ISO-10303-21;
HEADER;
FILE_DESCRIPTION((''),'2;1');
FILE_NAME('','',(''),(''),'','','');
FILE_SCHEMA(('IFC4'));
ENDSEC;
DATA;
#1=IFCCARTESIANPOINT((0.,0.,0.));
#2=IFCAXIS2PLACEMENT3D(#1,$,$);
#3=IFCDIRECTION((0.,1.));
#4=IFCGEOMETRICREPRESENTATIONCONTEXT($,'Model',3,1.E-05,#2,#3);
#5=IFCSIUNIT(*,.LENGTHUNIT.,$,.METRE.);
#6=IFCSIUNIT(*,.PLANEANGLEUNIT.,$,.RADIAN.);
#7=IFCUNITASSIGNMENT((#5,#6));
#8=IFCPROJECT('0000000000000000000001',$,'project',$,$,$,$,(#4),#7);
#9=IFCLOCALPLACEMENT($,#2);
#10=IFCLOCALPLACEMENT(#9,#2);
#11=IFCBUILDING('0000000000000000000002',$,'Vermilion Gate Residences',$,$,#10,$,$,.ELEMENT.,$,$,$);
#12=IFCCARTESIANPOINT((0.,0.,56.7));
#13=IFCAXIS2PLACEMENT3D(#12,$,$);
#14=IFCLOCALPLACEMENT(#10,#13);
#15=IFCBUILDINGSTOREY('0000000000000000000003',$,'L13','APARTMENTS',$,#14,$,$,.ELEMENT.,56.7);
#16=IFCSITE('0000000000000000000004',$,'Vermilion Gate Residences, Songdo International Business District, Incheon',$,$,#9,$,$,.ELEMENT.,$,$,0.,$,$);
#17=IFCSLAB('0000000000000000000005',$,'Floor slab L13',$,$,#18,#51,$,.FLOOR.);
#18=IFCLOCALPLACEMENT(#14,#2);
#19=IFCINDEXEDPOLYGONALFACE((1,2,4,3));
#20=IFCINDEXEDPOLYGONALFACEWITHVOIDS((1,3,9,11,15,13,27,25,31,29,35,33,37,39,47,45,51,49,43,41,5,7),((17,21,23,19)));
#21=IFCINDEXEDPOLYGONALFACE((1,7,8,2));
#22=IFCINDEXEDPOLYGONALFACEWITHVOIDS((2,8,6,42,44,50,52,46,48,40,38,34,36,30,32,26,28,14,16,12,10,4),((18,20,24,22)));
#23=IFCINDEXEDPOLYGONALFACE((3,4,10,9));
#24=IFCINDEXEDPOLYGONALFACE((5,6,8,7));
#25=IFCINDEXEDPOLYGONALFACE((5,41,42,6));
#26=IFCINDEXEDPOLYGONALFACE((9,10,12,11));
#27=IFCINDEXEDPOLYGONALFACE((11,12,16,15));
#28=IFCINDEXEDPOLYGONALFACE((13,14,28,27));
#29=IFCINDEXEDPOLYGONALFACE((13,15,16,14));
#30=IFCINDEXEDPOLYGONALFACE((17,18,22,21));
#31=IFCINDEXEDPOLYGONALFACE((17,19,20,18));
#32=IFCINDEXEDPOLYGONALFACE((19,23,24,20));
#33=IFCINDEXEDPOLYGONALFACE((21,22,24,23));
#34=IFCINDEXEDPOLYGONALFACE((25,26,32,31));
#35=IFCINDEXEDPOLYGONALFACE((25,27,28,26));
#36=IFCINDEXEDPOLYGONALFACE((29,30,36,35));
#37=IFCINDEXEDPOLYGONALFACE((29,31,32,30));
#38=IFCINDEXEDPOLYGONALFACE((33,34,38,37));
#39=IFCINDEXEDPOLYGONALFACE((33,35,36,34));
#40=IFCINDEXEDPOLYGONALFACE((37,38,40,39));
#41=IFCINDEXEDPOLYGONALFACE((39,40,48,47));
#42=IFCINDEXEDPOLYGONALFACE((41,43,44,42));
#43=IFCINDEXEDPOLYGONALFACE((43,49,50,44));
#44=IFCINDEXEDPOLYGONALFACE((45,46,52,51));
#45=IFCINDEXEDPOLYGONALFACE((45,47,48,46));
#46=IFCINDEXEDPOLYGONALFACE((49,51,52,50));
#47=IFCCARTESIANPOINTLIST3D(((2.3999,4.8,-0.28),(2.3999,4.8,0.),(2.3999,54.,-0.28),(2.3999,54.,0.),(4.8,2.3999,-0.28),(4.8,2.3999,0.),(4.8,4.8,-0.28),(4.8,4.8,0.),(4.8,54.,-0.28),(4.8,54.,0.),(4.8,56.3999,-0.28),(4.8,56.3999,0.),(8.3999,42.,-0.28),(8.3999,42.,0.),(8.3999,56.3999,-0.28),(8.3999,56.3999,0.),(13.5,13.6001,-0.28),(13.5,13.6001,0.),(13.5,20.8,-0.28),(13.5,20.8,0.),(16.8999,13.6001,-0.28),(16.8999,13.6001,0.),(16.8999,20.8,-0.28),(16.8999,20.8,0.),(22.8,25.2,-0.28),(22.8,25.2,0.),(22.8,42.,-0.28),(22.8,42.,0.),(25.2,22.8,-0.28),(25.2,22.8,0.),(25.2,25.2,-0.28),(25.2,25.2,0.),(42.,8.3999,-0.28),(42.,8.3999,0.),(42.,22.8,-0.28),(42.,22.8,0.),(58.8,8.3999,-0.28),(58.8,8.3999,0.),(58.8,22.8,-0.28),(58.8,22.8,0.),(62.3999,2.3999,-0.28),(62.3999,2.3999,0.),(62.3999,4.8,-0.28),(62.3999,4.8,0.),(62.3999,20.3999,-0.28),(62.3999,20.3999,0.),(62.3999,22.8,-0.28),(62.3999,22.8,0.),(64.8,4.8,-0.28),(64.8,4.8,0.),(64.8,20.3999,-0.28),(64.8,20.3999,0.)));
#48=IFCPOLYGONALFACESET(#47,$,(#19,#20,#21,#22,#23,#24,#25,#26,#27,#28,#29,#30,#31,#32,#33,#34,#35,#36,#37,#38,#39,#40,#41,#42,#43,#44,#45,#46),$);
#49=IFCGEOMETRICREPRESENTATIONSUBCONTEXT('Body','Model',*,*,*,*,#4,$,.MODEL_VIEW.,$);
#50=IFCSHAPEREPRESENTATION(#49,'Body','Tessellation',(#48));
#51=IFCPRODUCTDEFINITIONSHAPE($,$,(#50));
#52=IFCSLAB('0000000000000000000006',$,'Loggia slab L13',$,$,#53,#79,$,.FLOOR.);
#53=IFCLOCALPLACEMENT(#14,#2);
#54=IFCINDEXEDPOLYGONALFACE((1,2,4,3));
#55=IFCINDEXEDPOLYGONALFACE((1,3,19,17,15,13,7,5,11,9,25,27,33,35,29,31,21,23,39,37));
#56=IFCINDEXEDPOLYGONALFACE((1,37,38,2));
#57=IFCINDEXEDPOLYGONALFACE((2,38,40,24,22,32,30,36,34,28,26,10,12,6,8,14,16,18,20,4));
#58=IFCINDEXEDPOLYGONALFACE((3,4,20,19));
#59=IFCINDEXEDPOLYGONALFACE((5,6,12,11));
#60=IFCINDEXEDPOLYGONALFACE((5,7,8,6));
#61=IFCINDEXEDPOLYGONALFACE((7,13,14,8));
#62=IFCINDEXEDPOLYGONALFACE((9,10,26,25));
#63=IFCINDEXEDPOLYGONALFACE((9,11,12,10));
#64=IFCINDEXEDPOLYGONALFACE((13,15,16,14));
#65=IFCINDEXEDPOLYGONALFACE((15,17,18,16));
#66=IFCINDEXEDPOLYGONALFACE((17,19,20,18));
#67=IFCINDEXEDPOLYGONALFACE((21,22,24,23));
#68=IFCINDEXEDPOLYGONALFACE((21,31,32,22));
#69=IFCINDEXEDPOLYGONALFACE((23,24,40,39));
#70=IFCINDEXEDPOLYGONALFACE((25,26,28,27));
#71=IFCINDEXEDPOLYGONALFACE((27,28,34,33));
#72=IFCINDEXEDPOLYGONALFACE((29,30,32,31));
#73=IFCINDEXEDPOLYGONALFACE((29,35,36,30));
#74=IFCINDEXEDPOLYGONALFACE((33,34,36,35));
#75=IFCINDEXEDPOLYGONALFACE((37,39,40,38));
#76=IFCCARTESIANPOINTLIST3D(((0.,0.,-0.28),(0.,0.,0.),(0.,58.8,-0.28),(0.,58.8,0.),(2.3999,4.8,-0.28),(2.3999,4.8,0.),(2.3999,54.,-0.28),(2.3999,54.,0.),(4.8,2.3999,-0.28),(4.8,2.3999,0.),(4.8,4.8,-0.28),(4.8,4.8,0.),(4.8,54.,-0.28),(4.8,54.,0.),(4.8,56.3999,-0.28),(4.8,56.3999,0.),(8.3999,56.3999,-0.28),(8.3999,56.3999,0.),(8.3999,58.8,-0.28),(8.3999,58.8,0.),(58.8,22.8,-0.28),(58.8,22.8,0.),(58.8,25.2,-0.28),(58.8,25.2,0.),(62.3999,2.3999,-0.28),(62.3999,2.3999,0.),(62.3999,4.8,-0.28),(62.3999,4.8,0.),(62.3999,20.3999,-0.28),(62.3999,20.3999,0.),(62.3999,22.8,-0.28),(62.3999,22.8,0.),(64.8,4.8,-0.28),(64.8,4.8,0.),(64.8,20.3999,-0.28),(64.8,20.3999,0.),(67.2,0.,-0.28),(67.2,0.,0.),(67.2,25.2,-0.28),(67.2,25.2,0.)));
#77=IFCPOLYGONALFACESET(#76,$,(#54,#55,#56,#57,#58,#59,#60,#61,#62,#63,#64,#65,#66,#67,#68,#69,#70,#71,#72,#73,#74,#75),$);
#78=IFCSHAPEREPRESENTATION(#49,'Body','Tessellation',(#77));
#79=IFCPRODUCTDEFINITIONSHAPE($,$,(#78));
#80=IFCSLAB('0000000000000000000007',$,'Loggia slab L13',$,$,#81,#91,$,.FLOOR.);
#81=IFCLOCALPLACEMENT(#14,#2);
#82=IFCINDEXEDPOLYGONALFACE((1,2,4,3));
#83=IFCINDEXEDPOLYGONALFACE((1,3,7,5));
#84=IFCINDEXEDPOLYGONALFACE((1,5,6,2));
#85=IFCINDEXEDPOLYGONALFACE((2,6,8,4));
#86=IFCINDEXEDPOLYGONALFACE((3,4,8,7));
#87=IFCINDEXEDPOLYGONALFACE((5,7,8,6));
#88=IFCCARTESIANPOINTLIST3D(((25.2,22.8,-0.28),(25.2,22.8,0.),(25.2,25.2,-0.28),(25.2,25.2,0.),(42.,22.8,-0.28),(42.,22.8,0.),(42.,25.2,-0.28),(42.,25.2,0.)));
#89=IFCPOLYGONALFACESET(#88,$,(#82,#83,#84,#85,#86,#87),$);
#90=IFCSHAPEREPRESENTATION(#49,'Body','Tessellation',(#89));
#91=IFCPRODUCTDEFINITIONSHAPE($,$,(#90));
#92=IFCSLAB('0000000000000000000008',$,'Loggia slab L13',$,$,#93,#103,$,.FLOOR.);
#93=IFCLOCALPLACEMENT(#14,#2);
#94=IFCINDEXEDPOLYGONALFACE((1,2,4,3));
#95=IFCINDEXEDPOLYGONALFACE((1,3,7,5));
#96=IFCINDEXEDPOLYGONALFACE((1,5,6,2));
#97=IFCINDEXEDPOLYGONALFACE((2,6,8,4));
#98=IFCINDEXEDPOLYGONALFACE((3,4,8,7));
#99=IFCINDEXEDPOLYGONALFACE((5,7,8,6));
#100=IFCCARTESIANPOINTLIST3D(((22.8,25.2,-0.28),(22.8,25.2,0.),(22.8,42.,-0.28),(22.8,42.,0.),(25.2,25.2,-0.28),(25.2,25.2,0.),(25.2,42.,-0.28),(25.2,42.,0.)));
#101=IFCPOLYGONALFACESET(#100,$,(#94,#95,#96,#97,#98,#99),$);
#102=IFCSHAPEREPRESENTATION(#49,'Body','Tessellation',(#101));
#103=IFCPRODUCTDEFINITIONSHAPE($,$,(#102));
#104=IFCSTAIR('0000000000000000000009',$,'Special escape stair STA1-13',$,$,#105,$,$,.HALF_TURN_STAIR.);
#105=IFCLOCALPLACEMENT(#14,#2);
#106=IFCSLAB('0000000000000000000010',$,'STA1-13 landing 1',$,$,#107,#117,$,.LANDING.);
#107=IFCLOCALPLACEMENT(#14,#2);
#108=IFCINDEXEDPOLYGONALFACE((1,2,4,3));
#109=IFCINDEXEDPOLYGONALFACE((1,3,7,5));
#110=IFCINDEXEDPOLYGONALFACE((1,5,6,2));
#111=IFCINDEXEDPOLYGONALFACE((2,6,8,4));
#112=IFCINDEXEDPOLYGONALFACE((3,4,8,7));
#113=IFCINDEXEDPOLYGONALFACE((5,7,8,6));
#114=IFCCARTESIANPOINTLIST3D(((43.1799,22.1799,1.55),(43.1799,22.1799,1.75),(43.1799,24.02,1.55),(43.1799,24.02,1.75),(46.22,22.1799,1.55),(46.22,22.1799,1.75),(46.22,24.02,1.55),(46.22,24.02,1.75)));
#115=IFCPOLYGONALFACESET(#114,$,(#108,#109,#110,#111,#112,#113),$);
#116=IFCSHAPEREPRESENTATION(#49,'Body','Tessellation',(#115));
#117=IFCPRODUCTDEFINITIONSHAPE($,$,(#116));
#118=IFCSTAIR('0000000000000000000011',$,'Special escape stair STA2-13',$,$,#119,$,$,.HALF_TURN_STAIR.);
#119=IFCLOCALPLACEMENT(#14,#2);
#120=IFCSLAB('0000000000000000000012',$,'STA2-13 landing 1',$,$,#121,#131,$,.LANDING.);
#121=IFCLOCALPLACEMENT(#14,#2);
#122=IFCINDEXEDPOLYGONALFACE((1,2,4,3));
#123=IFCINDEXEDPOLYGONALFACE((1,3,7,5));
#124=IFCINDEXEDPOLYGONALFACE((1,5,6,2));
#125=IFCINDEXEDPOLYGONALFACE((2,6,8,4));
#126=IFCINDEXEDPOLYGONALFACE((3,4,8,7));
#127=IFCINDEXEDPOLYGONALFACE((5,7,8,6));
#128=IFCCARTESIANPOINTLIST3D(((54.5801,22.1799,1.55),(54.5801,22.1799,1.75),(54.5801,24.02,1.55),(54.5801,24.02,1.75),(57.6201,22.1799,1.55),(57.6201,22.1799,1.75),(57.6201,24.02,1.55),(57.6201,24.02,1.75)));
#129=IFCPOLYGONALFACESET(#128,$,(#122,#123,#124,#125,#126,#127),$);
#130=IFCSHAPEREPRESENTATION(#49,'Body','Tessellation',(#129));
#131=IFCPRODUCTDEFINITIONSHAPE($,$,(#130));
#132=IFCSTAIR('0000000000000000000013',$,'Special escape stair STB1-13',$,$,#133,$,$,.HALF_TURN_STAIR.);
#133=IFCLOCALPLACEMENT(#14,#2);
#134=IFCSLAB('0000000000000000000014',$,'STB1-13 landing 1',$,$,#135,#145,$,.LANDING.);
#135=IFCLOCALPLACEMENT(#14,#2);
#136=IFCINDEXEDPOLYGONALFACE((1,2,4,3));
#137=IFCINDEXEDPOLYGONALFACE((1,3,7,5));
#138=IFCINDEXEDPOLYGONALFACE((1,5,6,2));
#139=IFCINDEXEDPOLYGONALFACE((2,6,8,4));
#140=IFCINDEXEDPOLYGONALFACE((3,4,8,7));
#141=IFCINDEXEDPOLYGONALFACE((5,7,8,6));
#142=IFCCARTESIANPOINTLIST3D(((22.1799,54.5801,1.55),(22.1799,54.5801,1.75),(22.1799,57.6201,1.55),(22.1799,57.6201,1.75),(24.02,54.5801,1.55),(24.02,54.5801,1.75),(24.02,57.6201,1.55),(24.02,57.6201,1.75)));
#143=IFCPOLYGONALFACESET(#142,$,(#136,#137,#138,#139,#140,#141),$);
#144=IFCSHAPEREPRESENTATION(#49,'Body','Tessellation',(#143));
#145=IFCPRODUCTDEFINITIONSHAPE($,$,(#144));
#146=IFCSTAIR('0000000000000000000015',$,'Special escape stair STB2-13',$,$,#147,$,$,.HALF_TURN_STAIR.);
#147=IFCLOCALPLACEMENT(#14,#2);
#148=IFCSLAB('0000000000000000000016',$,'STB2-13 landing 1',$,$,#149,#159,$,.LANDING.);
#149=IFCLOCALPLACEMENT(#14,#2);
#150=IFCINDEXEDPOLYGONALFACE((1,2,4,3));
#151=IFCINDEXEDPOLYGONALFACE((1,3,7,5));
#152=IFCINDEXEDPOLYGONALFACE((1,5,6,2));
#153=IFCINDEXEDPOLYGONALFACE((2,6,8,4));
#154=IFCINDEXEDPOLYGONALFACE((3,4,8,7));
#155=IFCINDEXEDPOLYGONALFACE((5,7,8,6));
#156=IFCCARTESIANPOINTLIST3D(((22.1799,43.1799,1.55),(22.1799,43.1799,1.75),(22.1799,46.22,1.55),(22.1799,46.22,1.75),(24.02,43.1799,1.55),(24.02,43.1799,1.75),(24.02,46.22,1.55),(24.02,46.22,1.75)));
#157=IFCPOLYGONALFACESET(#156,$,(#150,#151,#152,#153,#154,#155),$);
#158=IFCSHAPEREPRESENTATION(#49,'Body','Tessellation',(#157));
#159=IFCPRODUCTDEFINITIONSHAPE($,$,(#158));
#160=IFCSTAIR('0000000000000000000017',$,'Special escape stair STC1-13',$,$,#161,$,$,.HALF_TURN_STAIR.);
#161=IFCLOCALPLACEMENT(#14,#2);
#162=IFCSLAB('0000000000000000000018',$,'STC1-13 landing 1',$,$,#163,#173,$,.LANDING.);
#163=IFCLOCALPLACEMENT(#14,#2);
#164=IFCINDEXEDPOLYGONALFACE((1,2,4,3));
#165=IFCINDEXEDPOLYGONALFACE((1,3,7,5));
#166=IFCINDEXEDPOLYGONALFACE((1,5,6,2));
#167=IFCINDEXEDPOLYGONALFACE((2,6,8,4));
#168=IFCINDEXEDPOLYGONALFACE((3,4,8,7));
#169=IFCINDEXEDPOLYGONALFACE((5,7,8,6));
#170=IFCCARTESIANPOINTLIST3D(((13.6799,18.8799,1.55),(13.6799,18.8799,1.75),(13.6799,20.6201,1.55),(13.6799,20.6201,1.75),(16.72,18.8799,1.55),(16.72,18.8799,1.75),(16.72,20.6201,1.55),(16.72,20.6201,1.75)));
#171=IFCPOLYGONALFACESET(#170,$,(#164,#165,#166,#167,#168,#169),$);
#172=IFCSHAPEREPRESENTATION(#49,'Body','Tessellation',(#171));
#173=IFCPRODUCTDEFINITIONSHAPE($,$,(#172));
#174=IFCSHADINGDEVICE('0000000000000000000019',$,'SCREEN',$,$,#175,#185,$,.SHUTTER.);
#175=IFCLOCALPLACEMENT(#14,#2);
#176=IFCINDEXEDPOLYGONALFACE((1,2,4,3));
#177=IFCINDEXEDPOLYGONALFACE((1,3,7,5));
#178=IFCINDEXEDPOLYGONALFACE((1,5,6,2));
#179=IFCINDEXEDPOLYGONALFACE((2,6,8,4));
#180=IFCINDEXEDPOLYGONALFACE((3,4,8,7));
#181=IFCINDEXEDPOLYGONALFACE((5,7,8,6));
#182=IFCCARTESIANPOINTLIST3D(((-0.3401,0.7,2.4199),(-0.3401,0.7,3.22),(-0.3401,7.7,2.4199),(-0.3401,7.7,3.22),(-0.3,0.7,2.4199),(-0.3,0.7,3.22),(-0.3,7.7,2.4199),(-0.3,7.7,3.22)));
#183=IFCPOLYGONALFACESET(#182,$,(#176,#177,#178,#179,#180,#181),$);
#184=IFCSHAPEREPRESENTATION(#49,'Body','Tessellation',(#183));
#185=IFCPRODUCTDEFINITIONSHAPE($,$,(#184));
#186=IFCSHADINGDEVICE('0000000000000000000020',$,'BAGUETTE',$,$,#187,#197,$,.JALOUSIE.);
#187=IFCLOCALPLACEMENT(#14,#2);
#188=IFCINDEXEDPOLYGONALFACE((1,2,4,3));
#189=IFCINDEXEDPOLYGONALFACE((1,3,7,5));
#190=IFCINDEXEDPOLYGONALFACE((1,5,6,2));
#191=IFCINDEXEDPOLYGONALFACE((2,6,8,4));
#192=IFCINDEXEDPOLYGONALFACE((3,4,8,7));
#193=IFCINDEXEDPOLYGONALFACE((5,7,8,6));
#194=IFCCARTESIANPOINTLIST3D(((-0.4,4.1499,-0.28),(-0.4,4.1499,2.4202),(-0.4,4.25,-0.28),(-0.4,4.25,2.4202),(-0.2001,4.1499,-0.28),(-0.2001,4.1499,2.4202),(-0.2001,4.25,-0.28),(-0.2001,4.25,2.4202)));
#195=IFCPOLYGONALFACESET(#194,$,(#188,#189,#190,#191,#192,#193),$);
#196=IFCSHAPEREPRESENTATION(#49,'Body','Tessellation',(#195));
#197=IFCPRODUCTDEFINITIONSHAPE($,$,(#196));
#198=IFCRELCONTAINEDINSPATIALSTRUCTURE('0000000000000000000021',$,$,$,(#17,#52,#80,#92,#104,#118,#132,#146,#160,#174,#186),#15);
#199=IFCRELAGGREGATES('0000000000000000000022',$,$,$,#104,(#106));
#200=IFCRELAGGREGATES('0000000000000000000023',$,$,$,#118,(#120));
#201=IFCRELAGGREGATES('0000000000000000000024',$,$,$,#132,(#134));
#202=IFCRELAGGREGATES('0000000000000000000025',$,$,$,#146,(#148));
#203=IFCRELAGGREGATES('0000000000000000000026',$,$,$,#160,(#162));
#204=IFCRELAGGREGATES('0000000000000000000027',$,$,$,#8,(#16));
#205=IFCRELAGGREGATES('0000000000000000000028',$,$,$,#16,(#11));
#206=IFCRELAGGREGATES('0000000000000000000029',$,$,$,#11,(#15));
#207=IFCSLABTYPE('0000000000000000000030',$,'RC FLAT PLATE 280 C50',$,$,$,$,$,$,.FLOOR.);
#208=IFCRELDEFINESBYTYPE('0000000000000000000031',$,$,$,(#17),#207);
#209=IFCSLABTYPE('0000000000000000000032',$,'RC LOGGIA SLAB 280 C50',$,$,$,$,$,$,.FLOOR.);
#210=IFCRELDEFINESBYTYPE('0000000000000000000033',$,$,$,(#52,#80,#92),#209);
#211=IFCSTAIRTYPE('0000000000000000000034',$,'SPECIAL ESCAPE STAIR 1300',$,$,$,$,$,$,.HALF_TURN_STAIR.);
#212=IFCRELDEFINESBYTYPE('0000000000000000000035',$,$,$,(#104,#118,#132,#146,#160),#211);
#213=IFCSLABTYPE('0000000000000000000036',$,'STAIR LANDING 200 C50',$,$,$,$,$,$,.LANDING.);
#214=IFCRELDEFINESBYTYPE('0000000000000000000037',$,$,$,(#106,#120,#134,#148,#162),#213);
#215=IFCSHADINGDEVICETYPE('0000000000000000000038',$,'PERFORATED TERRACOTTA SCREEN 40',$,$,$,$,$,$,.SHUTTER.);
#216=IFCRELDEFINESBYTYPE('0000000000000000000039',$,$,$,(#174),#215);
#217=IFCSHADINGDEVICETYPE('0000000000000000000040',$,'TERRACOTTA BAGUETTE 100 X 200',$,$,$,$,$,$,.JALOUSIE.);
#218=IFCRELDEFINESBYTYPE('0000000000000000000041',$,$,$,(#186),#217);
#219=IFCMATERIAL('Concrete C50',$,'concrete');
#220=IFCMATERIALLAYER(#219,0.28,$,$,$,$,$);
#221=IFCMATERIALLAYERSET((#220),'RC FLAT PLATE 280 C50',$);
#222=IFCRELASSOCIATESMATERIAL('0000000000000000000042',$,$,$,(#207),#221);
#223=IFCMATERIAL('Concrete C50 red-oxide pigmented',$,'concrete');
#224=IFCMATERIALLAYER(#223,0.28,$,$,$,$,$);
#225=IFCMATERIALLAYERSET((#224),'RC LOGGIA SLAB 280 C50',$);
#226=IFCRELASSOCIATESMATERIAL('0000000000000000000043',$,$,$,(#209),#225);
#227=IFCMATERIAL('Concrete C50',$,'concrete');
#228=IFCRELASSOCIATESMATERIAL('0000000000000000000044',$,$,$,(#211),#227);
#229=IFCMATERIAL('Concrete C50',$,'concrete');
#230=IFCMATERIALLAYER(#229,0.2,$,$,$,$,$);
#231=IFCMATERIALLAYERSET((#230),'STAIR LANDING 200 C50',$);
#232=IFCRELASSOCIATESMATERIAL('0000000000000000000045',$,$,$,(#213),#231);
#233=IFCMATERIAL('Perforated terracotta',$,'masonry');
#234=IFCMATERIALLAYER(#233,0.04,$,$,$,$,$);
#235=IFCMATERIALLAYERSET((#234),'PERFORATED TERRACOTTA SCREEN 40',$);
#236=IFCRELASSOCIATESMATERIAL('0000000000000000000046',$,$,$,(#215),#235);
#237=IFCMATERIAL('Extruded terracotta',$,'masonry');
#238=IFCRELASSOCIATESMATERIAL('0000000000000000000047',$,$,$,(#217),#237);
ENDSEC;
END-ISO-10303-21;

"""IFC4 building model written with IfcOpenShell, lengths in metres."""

from ifc_helpers import new_model, si_unit, direction, frame, origin, origin_2d, place, context, subcontext, project, spatial, polyline, rectangle, outline, extrude, material, layer, layer_set, material_profile, profile_set, type_object, element, aggregate, save


model = new_model("IFC4")

# Units and contexts
model_context = context("Model", 3, precision=1e-05, world=origin(), true_north=direction((0.0, 1.0)))
body_context = subcontext(model_context, "Body", "Model", "MODEL_VIEW")
ifc_project = project(units=[si_unit("LENGTHUNIT", "METRE"), si_unit("PLANEANGLEUNIT", "RADIAN")], contexts=[model_context])

# Site, building, storey
site_placement = place(None, origin())
site = spatial("IfcSite", under=ifc_project, at=site_placement, Name="Vermilion Gate Residences, Songdo International Business District, Incheon", CompositionType="ELEMENT", RefElevation=0.0)
building_placement = place(site_placement, origin())
building = spatial("IfcBuilding", under=site, at=building_placement, Name="Vermilion Gate Residences", CompositionType="ELEMENT")
storey_placement = place(building_placement, frame((0.0, 0.0, 56.7)))
storey = spatial("IfcBuildingStorey", under=building, at=storey_placement, Name="L13", Description="APARTMENTS", CompositionType="ELEMENT", Elevation=56.7)

# Slabs
ifc_material_1 = material(Name="Concrete C50", Category="concrete")
ifc_layer_1 = layer(ifc_material_1, 0.28)
ifc_layer_set_1 = layer_set([ifc_layer_1], Name="RC FLAT PLATE 280 C50")
slab_type_1 = type_object("IfcSlabType", Name="RC FLAT PLATE 280 C50", PredefinedType="FLOOR", material=ifc_layer_set_1)
slab_1_placement = place(storey_placement, frame((0.0, 0.0, -0.28)))
element("IfcSlab", 1, at=slab_1_placement, inside=storey, type_object=slab_type_1, Name="Floor slab L13", PredefinedType="FLOOR", context=body_context, shape_type="SweptSolid", body=[
    extrude(outline(polyline([(22.8, 25.2), (22.8, 42.0), (8.3999, 42.0), (8.3999, 56.3999), (4.8, 56.3999), (4.8, 54.0), (2.3999, 54.0), (2.3999, 4.8), (4.8, 4.8), (4.8, 2.3999), (62.3999, 2.3999), (62.3999, 4.8), (64.8, 4.8), (64.8, 20.3999), (62.3999, 20.3999), (62.3999, 22.8), (58.8, 22.8), (58.8, 8.3999), (42.0, 8.3999), (42.0, 22.8), (25.2, 22.8), (25.2, 25.2), (22.8, 25.2)]), holes=[polyline([(13.5, 13.6001), (13.5, 20.8), (16.8999, 20.8), (16.8999, 13.6001), (13.5, 13.6001)])]), origin(), (0.0, 0.0, 1.0), 0.28),
])
ifc_material_2 = material(Name="Concrete C50 red-oxide pigmented", Category="concrete")
ifc_layer_2 = layer(ifc_material_2, 0.28)
ifc_layer_set_2 = layer_set([ifc_layer_2], Name="RC LOGGIA SLAB 280 C50")
slab_type_2 = type_object("IfcSlabType", Name="RC LOGGIA SLAB 280 C50", PredefinedType="FLOOR", material=ifc_layer_set_2)
slab_2_placement = place(storey_placement, frame((0.0, 0.0, -0.28)))
element("IfcSlab", 2, at=slab_2_placement, inside=storey, type_object=slab_type_2, Name="Loggia slab L13", PredefinedType="FLOOR", context=body_context, shape_type="SweptSolid", body=[
    extrude(outline(polyline([(0.0, 58.8), (0.0, 0.0), (67.2, 0.0), (67.2, 25.2), (58.8, 25.2), (58.8, 22.8), (62.3999, 22.8), (62.3999, 20.3999), (64.8, 20.3999), (64.8, 4.8), (62.3999, 4.8), (62.3999, 2.3999), (4.8, 2.3999), (4.8, 4.8), (2.3999, 4.8), (2.3999, 54.0), (4.8, 54.0), (4.8, 56.3999), (8.3999, 56.3999), (8.3999, 58.8), (0.0, 58.8)])), origin(), (0.0, 0.0, 1.0), 0.28),
])
slab_3_placement = place(storey_placement, frame((0.0, 0.0, -0.28)))
element("IfcSlab", 3, at=slab_3_placement, inside=storey, type_object=slab_type_2, Name="Loggia slab L13", PredefinedType="FLOOR", context=body_context, shape_type="SweptSolid", body=[
    extrude(outline(polyline([(25.2, 22.8), (42.0, 22.8), (42.0, 25.2), (25.2, 25.2), (25.2, 22.8)])), origin(), (0.0, 0.0, 1.0), 0.28),
])
slab_4_placement = place(storey_placement, frame((0.0, 0.0, -0.28)))
element("IfcSlab", 4, at=slab_4_placement, inside=storey, type_object=slab_type_2, Name="Loggia slab L13", PredefinedType="FLOOR", context=body_context, shape_type="SweptSolid", body=[
    extrude(outline(polyline([(22.8, 42.0), (22.8, 25.2), (25.2, 25.2), (25.2, 42.0), (22.8, 42.0)])), origin(), (0.0, 0.0, 1.0), 0.28),
])

# Stairs, slabs
ifc_material_3 = material(Name="Concrete C50", Category="concrete")
stair_type = type_object("IfcStairType", Name="SPECIAL ESCAPE STAIR 1300", PredefinedType="HALF_TURN_STAIR", material=ifc_material_3)
stair_1_placement = place(storey_placement, origin())
stair_1 = element("IfcStair", 5, at=stair_1_placement, inside=storey, type_object=stair_type, Name="Special escape stair STA1-13", PredefinedType="HALF_TURN_STAIR")
ifc_material_4 = material(Name="Concrete C50", Category="concrete")
ifc_layer_3 = layer(ifc_material_4, 0.2)
ifc_layer_set_3 = layer_set([ifc_layer_3], Name="STAIR LANDING 200 C50")
slab_type_3 = type_object("IfcSlabType", Name="STAIR LANDING 200 C50", PredefinedType="LANDING", material=ifc_layer_set_3)
slab_5_placement = place(storey_placement, frame((0.0, 0.0, 1.55)))
slab_5 = element("IfcSlab", 6, at=slab_5_placement, type_object=slab_type_3, Name="STA1-13 landing 1", PredefinedType="LANDING", context=body_context, shape_type="SweptSolid", body=[
    extrude(outline(polyline([(46.22, 22.1799), (46.22, 24.02), (43.1799, 24.02), (43.1799, 22.1799), (46.22, 22.1799)])), origin(), (0.0, 0.0, 1.0), 0.2),
])
aggregate(stair_1, [slab_5])
stair_2_placement = place(storey_placement, origin())
stair_2 = element("IfcStair", 7, at=stair_2_placement, inside=storey, type_object=stair_type, Name="Special escape stair STA2-13", PredefinedType="HALF_TURN_STAIR")
slab_6_placement = place(storey_placement, frame((0.0, 0.0, 1.55)))
slab_6 = element("IfcSlab", 8, at=slab_6_placement, type_object=slab_type_3, Name="STA2-13 landing 1", PredefinedType="LANDING", context=body_context, shape_type="SweptSolid", body=[
    extrude(outline(polyline([(57.6201, 22.1799), (57.6201, 24.02), (54.5801, 24.02), (54.5801, 22.1799), (57.6201, 22.1799)])), origin(), (0.0, 0.0, 1.0), 0.2),
])
aggregate(stair_2, [slab_6])
stair_3_placement = place(storey_placement, origin())
stair_3 = element("IfcStair", 9, at=stair_3_placement, inside=storey, type_object=stair_type, Name="Special escape stair STB1-13", PredefinedType="HALF_TURN_STAIR")
slab_7_placement = place(storey_placement, frame((0.0, 0.0, 1.55)))
slab_7 = element("IfcSlab", 10, at=slab_7_placement, type_object=slab_type_3, Name="STB1-13 landing 1", PredefinedType="LANDING", context=body_context, shape_type="SweptSolid", body=[
    extrude(outline(polyline([(24.02, 54.5801), (24.02, 57.6201), (22.1799, 57.6201), (22.1799, 54.5801), (24.02, 54.5801)])), origin(), (0.0, 0.0, 1.0), 0.2),
])
aggregate(stair_3, [slab_7])
stair_4_placement = place(storey_placement, origin())
stair_4 = element("IfcStair", 11, at=stair_4_placement, inside=storey, type_object=stair_type, Name="Special escape stair STB2-13", PredefinedType="HALF_TURN_STAIR")
slab_8_placement = place(storey_placement, frame((0.0, 0.0, 1.55)))
slab_8 = element("IfcSlab", 12, at=slab_8_placement, type_object=slab_type_3, Name="STB2-13 landing 1", PredefinedType="LANDING", context=body_context, shape_type="SweptSolid", body=[
    extrude(outline(polyline([(24.02, 43.1799), (24.02, 46.22), (22.1799, 46.22), (22.1799, 43.1799), (24.02, 43.1799)])), origin(), (0.0, 0.0, 1.0), 0.2),
])
aggregate(stair_4, [slab_8])
stair_5_placement = place(storey_placement, origin())
stair_5 = element("IfcStair", 13, at=stair_5_placement, inside=storey, type_object=stair_type, Name="Special escape stair STC1-13", PredefinedType="HALF_TURN_STAIR")
slab_9_placement = place(storey_placement, frame((0.0, 0.0, 1.55)))
slab_9 = element("IfcSlab", 14, at=slab_9_placement, type_object=slab_type_3, Name="STC1-13 landing 1", PredefinedType="LANDING", context=body_context, shape_type="SweptSolid", body=[
    extrude(outline(polyline([(16.72, 18.8799), (16.72, 20.6201), (13.6799, 20.6201), (13.6799, 18.8799), (16.72, 18.8799)])), origin(), (0.0, 0.0, 1.0), 0.2),
])
aggregate(stair_5, [slab_9])

# Shading devices
ifc_material_5 = material(Name="Perforated terracotta", Category="masonry")
ifc_layer_4 = layer(ifc_material_5, 0.04)
ifc_layer_set_4 = layer_set([ifc_layer_4], Name="PERFORATED TERRACOTTA SCREEN 40")
shading_device_type_1 = type_object("IfcShadingDeviceType", Name="PERFORATED TERRACOTTA SCREEN 40", PredefinedType="SHUTTER", material=ifc_layer_set_4)
shading_device_1_placement = place(storey_placement, frame((-0.3201, 4.2, 2.4199), z_axis=(0.0, 0.0, 1.0), x_axis=(0.0, -1.0, 0.0)))
element("IfcShadingDevice", 15, at=shading_device_1_placement, inside=storey, type_object=shading_device_type_1, Name="SCREEN", PredefinedType="SHUTTER", context=body_context, shape_type="SweptSolid", body=[
    extrude(rectangle(XDim=7.0, YDim=0.04, at=origin_2d()), origin(), (0.0, 0.0, 1.0), 0.8),
])
ifc_material_6 = material(Name="Extruded terracotta", Category="masonry")
ifc_material_profile_1 = material_profile(ifc_material_6, rectangle(XDim=0.2, YDim=0.1001, at=origin_2d()), Name="BAGUETTE 100 X 200")
ifc_profile_set_1 = profile_set([ifc_material_profile_1], Name="Extruded terracotta")
shading_device_type_2 = type_object("IfcShadingDeviceType", Name="TERRACOTTA BAGUETTE 100 X 200", PredefinedType="JALOUSIE", material=ifc_profile_set_1)
shading_device_2_placement = place(storey_placement, frame((-0.3, 4.2, -0.28), z_axis=(0.0, 0.0, 1.0), x_axis=(1.0, 0.0, 0.0)))
element("IfcShadingDevice", 16, at=shading_device_2_placement, inside=storey, type_object=shading_device_type_2, Name="BAGUETTE", PredefinedType="JALOUSIE", context=body_context, shape_type="SweptSolid", body=[
    extrude(rectangle(XDim=0.2, YDim=0.1001, at=origin_2d()), origin(), (0.0, 0.0, 1.0), 2.7002),
])

save(model, "model.ifc")
